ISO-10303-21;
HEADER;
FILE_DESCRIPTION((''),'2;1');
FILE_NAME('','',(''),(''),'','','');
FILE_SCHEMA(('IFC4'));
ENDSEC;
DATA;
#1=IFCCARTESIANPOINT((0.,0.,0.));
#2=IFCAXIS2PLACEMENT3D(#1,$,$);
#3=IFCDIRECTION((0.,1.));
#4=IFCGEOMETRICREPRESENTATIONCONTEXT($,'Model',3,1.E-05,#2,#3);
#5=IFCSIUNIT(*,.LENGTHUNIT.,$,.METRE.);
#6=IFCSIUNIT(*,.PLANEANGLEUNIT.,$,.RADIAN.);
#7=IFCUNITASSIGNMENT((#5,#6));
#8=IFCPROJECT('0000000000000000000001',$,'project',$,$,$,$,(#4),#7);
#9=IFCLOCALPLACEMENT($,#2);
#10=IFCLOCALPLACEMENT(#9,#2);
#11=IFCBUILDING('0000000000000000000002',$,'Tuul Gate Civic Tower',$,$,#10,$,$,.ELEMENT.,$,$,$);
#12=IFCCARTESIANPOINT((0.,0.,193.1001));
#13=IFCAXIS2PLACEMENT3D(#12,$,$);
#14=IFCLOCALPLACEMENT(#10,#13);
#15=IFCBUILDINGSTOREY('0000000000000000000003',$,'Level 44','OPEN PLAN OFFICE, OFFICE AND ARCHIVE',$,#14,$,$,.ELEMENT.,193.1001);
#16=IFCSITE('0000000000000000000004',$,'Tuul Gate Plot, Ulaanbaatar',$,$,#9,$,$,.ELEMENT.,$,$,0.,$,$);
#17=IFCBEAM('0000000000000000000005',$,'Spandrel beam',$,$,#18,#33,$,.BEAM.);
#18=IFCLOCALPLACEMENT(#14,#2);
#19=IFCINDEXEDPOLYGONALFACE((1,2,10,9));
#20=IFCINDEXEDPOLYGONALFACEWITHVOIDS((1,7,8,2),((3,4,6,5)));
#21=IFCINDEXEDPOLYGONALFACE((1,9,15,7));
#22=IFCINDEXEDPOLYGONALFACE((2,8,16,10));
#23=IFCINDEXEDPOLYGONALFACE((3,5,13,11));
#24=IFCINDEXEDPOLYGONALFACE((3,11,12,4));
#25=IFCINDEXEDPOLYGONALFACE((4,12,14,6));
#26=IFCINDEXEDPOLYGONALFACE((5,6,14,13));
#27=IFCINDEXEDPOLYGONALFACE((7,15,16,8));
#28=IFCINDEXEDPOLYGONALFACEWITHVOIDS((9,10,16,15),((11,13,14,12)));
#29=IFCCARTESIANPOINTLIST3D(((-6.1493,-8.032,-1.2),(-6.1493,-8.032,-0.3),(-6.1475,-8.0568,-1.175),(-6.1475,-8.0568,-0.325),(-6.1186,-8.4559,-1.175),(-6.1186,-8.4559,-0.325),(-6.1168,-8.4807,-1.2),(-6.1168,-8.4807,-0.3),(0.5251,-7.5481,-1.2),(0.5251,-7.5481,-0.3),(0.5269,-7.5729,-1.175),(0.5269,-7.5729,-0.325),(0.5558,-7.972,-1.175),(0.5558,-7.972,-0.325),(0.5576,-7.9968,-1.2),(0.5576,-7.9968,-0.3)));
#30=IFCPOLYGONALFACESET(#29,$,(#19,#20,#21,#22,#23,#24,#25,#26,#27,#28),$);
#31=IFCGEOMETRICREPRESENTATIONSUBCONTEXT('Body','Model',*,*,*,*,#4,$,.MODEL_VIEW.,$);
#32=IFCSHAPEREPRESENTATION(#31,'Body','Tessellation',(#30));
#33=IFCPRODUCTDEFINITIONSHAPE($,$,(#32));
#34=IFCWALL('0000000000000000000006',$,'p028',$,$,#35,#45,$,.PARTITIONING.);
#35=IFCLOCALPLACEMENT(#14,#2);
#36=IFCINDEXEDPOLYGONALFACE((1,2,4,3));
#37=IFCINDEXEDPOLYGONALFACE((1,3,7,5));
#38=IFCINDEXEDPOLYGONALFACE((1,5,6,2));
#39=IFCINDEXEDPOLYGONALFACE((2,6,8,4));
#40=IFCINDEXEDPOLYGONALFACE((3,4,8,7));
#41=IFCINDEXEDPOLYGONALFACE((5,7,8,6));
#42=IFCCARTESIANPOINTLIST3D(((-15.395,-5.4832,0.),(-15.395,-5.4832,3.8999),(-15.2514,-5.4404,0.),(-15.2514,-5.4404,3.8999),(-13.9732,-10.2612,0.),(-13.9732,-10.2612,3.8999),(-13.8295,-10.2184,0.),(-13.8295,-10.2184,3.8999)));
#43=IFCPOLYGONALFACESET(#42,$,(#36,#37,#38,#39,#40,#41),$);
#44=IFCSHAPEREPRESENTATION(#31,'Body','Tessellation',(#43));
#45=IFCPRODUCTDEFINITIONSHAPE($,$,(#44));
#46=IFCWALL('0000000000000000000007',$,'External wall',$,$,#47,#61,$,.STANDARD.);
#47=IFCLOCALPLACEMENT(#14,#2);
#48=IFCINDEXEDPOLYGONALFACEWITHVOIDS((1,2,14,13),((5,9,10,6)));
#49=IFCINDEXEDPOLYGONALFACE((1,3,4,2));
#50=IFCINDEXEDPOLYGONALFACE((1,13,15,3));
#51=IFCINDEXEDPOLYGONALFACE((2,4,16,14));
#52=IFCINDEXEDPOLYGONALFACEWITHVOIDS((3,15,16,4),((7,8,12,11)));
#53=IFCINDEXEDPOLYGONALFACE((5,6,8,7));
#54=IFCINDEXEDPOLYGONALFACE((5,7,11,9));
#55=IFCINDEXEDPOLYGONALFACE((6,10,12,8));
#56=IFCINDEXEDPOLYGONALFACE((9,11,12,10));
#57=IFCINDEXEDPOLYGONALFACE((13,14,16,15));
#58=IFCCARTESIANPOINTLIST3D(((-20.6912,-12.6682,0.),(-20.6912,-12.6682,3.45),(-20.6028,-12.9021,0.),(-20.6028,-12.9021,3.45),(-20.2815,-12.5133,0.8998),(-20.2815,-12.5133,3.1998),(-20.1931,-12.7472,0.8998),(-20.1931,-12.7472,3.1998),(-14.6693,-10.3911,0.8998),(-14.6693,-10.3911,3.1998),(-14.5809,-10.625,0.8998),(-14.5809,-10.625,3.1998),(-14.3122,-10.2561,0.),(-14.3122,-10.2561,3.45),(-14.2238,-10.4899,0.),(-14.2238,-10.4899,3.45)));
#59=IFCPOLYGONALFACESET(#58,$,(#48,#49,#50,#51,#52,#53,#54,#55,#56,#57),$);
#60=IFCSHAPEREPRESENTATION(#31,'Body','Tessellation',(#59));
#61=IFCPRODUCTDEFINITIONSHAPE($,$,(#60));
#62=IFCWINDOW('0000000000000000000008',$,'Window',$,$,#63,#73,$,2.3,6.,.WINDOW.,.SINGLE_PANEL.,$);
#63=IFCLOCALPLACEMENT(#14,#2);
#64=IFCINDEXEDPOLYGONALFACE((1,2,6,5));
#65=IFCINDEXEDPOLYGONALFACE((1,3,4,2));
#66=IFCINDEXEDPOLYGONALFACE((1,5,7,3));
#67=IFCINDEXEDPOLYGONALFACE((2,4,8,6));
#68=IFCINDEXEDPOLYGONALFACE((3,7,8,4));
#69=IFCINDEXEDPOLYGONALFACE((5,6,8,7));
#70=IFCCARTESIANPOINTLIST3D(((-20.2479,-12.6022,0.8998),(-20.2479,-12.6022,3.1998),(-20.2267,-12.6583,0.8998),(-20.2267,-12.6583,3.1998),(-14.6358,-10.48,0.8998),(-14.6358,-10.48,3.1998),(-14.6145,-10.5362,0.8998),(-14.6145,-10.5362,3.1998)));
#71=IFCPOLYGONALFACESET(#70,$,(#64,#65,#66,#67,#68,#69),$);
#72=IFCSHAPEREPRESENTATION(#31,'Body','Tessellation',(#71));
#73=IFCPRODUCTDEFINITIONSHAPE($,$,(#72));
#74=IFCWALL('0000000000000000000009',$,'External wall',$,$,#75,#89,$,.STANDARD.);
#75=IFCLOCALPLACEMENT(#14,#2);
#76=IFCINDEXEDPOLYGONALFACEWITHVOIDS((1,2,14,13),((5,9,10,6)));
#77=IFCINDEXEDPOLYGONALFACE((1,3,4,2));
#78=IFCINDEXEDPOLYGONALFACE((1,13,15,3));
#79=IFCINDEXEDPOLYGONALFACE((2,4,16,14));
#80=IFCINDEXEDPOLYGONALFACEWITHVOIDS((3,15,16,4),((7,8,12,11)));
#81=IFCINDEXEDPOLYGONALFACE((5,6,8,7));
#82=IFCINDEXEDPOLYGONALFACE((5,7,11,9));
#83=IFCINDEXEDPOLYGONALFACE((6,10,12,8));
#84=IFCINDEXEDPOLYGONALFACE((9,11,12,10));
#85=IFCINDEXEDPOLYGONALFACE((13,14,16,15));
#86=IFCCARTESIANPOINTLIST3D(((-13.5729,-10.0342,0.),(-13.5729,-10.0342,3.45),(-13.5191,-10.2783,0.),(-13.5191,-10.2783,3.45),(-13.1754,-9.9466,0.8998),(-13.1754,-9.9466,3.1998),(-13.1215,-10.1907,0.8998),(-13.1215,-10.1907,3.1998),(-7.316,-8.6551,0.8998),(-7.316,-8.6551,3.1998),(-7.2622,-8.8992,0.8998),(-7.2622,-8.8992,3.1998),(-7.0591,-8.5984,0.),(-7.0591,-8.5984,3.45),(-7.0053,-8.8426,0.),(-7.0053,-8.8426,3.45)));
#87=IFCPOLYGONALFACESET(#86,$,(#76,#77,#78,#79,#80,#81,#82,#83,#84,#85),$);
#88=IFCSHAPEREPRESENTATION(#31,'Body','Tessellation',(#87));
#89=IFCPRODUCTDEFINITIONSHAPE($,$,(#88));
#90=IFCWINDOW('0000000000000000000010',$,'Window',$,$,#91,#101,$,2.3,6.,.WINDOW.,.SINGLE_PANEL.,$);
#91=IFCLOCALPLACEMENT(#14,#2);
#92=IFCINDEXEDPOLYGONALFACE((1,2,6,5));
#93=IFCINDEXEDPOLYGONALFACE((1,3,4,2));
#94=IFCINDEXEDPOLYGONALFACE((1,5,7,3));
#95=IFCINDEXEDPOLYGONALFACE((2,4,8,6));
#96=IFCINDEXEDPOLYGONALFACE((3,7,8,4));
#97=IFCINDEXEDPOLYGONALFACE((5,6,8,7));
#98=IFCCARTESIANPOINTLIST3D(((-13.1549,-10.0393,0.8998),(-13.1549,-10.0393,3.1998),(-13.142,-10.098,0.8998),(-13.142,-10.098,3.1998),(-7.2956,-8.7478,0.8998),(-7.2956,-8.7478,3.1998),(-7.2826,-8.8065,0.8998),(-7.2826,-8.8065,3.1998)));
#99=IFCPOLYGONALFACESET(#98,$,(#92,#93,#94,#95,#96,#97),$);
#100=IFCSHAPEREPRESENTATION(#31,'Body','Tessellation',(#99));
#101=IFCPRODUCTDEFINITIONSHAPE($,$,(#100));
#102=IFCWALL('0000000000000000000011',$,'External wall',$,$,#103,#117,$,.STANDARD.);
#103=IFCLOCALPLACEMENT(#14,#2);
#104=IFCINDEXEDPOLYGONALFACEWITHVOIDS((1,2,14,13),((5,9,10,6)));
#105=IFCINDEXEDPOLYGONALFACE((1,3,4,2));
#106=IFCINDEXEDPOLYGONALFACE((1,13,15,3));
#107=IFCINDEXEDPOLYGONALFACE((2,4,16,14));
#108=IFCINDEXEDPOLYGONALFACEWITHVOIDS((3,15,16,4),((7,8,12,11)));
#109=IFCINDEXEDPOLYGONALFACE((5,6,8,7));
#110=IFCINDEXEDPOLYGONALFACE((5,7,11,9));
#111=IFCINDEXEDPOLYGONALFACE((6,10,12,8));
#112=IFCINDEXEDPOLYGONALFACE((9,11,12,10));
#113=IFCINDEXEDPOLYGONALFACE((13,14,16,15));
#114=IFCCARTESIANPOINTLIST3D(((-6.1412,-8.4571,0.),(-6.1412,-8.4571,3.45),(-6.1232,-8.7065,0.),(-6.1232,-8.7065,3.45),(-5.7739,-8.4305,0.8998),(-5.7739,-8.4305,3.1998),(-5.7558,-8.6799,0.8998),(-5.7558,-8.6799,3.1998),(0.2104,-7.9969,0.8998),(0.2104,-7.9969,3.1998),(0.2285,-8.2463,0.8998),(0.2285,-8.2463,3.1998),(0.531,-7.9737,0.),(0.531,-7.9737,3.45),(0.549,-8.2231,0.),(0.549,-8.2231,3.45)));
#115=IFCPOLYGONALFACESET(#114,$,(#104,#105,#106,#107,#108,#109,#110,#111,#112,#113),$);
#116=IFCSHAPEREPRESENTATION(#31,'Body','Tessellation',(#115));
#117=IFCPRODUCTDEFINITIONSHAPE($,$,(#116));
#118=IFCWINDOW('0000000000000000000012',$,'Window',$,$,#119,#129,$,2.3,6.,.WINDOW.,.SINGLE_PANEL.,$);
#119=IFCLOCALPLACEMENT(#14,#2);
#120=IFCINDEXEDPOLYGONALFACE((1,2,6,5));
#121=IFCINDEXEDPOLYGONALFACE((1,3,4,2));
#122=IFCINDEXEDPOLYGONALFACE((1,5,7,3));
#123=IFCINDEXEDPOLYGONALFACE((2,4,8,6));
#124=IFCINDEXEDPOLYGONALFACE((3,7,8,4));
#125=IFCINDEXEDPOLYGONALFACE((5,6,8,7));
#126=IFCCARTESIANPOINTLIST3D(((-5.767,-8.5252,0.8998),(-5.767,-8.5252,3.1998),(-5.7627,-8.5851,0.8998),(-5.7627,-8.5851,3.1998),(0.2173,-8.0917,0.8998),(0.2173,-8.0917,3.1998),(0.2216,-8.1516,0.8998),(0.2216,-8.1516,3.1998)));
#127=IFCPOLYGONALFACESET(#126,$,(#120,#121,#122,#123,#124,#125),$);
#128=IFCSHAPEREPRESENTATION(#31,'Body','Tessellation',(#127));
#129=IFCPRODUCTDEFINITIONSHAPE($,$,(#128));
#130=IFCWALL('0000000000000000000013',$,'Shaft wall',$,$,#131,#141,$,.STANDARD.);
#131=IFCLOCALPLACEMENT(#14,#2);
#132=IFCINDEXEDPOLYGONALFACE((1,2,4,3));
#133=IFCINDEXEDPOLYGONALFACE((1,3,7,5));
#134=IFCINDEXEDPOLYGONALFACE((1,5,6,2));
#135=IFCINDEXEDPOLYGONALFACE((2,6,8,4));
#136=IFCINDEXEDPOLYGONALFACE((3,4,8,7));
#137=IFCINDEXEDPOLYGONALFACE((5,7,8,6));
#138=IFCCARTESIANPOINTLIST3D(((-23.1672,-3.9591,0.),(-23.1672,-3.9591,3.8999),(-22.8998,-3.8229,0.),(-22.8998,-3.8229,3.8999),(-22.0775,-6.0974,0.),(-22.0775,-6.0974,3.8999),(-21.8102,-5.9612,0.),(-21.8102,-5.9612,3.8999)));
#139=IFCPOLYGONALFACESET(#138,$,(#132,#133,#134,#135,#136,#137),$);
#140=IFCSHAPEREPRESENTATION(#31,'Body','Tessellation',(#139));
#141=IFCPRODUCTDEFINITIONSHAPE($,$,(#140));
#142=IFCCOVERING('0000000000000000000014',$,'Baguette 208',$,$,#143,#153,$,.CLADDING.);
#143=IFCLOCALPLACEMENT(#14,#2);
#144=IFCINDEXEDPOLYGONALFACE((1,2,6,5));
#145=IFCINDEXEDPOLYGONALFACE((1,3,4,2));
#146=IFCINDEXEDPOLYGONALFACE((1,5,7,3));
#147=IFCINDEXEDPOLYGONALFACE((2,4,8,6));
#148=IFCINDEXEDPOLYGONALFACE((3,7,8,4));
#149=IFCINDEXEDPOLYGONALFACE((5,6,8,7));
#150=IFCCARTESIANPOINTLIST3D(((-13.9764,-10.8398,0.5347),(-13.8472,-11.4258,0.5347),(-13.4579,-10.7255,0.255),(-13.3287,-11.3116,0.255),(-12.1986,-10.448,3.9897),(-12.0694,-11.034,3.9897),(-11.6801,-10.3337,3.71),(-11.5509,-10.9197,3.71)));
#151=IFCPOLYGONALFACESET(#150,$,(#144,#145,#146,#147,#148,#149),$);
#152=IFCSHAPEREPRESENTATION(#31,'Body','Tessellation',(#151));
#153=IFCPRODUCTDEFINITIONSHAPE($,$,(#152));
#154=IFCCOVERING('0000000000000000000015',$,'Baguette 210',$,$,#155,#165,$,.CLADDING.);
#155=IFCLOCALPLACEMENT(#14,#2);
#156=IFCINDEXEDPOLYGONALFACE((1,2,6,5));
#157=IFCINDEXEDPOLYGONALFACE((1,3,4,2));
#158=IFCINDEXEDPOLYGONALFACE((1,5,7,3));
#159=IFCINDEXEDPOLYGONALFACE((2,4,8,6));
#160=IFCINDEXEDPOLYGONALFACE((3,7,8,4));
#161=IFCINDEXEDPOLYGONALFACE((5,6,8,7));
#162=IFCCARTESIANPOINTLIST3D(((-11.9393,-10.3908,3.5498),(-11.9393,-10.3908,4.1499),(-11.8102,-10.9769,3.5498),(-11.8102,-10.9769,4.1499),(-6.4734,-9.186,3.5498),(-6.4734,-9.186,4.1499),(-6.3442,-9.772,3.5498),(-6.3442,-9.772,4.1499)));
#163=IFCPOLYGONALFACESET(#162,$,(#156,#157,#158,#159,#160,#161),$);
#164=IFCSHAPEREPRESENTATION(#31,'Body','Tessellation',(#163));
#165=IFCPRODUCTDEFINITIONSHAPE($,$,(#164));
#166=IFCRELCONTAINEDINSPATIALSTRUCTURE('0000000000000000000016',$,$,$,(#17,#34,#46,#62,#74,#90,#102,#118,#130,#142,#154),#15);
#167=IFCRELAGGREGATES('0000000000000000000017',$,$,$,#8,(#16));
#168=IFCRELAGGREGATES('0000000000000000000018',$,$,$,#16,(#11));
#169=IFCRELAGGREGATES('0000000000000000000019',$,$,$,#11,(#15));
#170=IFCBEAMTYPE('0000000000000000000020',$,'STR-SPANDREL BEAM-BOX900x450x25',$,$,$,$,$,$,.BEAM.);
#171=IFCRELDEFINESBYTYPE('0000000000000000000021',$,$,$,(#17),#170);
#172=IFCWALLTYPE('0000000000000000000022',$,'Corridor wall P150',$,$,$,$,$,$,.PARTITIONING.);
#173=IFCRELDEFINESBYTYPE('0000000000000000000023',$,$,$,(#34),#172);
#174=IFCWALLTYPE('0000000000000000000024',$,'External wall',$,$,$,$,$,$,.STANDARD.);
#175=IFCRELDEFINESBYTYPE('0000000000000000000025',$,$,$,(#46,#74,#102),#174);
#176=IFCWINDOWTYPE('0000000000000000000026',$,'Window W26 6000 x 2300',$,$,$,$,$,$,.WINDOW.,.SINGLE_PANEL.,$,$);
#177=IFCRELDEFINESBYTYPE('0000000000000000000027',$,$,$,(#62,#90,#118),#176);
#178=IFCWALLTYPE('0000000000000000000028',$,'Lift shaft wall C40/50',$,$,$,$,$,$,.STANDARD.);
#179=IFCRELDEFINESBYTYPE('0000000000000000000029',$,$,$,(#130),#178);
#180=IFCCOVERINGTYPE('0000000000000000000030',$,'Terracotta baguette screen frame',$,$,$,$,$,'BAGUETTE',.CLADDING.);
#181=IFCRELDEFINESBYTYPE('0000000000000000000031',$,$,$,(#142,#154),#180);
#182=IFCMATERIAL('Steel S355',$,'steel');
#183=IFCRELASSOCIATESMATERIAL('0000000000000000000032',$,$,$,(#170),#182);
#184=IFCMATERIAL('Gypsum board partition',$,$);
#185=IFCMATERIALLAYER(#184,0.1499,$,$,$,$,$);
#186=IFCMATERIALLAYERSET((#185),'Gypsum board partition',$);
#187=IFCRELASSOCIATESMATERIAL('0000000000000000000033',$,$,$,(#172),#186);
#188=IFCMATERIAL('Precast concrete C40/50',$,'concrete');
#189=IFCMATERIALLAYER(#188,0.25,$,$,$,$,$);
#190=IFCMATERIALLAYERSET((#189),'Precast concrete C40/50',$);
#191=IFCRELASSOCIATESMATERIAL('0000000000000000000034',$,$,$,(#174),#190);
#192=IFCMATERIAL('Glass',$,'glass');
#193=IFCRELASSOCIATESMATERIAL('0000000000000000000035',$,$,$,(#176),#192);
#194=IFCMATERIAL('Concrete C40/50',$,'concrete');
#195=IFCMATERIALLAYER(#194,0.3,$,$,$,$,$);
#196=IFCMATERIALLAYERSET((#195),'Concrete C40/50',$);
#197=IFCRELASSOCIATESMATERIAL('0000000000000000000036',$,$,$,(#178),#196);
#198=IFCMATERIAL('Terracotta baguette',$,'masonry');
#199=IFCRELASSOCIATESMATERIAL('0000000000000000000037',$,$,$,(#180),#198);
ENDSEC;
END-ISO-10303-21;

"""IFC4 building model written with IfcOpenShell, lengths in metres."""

from ifc_helpers import new_model, si_unit, direction, frame, frame_2d, origin, origin_2d, place, context, subcontext, project, spatial, rectangle, hollow_rectangle, extrude, material, layer, layer_set, material_profile, profile_set, type_object, element, fill, save


model = new_model("IFC4")

# Units and contexts
model_context = context("Model", 3, precision=1e-05, world=origin(), true_north=direction((0.0, 1.0)))
body_context = subcontext(model_context, "Body", "Model", "MODEL_VIEW")
ifc_project = project(units=[si_unit("LENGTHUNIT", "METRE"), si_unit("PLANEANGLEUNIT", "RADIAN")], contexts=[model_context])

# Site, building, storey
site_placement = place(None, origin())
site = spatial("IfcSite", under=ifc_project, at=site_placement, Name="Tuul Gate Plot, Ulaanbaatar", CompositionType="ELEMENT", RefElevation=0.0)
building_placement = place(site_placement, origin())
building = spatial("IfcBuilding", under=site, at=building_placement, Name="Tuul Gate Civic Tower", CompositionType="ELEMENT")
storey_placement = place(building_placement, frame((0.0, 0.0, 193.1001)))
storey = spatial("IfcBuildingStorey", under=building, at=storey_placement, Name="Level 44", Description="OPEN PLAN OFFICE, OFFICE AND ARCHIVE", CompositionType="ELEMENT", Elevation=193.1001)

# Beam
ifc_material_1 = material(Name="Steel S355", Category="steel")
ifc_material_profile_1 = material_profile(ifc_material_1, hollow_rectangle(XDim=0.45, YDim=0.8999, WallThickness=0.0249, at=origin_2d()), Name="BOX900x450x25")
ifc_profile_set_1 = profile_set([ifc_material_profile_1], Name="Steel S355")
beam_type_1 = type_object("IfcBeamType", Name="STR-SPANDREL BEAM-BOX900x450x25", PredefinedType="BEAM", material=ifc_profile_set_1)
beam_1_placement = place(storey_placement, frame((-6.1331, -8.2563, -0.75), z_axis=(0.997382, 0.07231, 0.0), x_axis=(-0.07231, 0.997382, 0.0)))
element("IfcBeam", 1, at=beam_1_placement, inside=storey, type_object=beam_type_1, Name="Spandrel beam", PredefinedType="BEAM", context=body_context, shape_type="SweptSolid", body=[
    extrude(hollow_rectangle(XDim=0.45, YDim=0.8999, WallThickness=0.0249, at=origin_2d()), origin(), (0.0, 0.0, 1.0), 6.6919),
])

# Wall
ifc_material_2 = material(Name="Gypsum board partition")
ifc_layer_1 = layer(ifc_material_2, 0.1499)
ifc_layer_set_1 = layer_set([ifc_layer_1], Name="Gypsum board partition")
wall_type_1 = type_object("IfcWallType", Name="Corridor wall P150", PredefinedType="PARTITIONING", material=ifc_layer_set_1)
wall_1_placement = place(storey_placement, frame((-15.3232, -5.4617, 0.0), z_axis=(0.0, 0.0, 1.0), x_axis=(0.285222, -0.958461, 0.0)))
element("IfcWall", 2, at=wall_1_placement, inside=storey, type_object=wall_type_1, Name="p028", PredefinedType="PARTITIONING", context=body_context, shape_type="SweptSolid", body=[
    extrude(rectangle(XDim=4.9851, YDim=0.1499, at=frame_2d((2.4927, 0.0))), origin(), (0.0, 0.0, 1.0), 3.8999),
])

# Walls, openings, windows
ifc_material_3 = material(Name="Precast concrete C40/50", Category="concrete")
ifc_layer_2 = layer(ifc_material_3, 0.25)
ifc_layer_set_2 = layer_set([ifc_layer_2], Name="Precast concrete C40/50")
wall_type_2 = type_object("IfcWallType", Name="External wall", PredefinedType="STANDARD", material=ifc_layer_set_2)
wall_2_placement = place(storey_placement, frame((-20.647, -12.7852, 0.0), z_axis=(0.0, 0.0, 1.0), x_axis=(0.935361, 0.353696, 0.0)))
wall_2 = element("IfcWall", 3, at=wall_2_placement, inside=storey, type_object=wall_type_2, Name="External wall", PredefinedType="STANDARD", context=body_context, shape_type="SweptSolid", body=[
    extrude(rectangle(XDim=6.8198, YDim=0.25, at=frame_2d((3.4099, 0.0))), origin(), (0.0, 0.0, 1.0), 3.45),
])
opening_1_placement = place(wall_2_placement, frame((0.438, 0.0, 0.8999)))
opening_1 = element("IfcOpeningElement", 4, at=opening_1_placement, cuts=wall_2, PredefinedType="OPENING", context=body_context, shape_type="SweptSolid", body=[
    extrude(rectangle(XDim=6.0, YDim=2.3, at=frame_2d((3.0, 1.1499))), frame((0.0, 0.135, 0.0), z_axis=(0.0, -1.0, 0.0), x_axis=(1.0, 0.0, 0.0)), (0.0, 0.0, 1.0), 0.27),
])
ifc_material_4 = material(Name="Glass", Category="glass")
window_type = type_object("IfcWindowType", Name="Window W26 6000 x 2300", PartitioningType="SINGLE_PANEL", PredefinedType="WINDOW", material=ifc_material_4)
window_1_placement = place(opening_1_placement, origin())
window_1 = element("IfcWindow", 5, at=window_1_placement, inside=storey, type_object=window_type, Name="Window", OverallHeight=2.3, OverallWidth=6.0, PartitioningType="SINGLE_PANEL", PredefinedType="WINDOW", context=body_context, shape_type="SweptSolid", body=[
    extrude(rectangle(XDim=6.0, YDim=2.3, at=frame_2d((3.0, 1.1499))), frame((0.0, 0.03, 0.0), z_axis=(0.0, -1.0, 0.0), x_axis=(1.0, 0.0, 0.0)), (0.0, 0.0, 1.0), 0.0601),
])
fill(opening_1, window_1)
wall_3_placement = place(storey_placement, frame((-13.5459, -10.1562, 0.0), z_axis=(0.0, 0.0, 1.0), x_axis=(0.976559, 0.215252, 0.0)))
wall_3 = element("IfcWall", 6, at=wall_3_placement, inside=storey, type_object=wall_type_2, Name="External wall", PredefinedType="STANDARD", context=body_context, shape_type="SweptSolid", body=[
    extrude(rectangle(XDim=6.6702, YDim=0.25, at=frame_2d((3.335, 0.0))), origin(), (0.0, 0.0, 1.0), 3.45),
])
opening_2_placement = place(wall_3_placement, frame((0.407, 0.0, 0.8999)))
opening_2 = element("IfcOpeningElement", 7, at=opening_2_placement, cuts=wall_3, PredefinedType="OPENING", context=body_context, shape_type="SweptSolid", body=[
    extrude(rectangle(XDim=6.0, YDim=2.3, at=frame_2d((3.0, 1.1499))), frame((0.0, 0.135, 0.0), z_axis=(0.0, -1.0, 0.0), x_axis=(1.0, 0.0, 0.0)), (0.0, 0.0, 1.0), 0.27),
])
window_2_placement = place(opening_2_placement, origin())
window_2 = element("IfcWindow", 8, at=window_2_placement, inside=storey, type_object=window_type, Name="Window", OverallHeight=2.3, OverallWidth=6.0, PartitioningType="SINGLE_PANEL", PredefinedType="WINDOW", context=body_context, shape_type="SweptSolid", body=[
    extrude(rectangle(XDim=6.0, YDim=2.3, at=frame_2d((3.0, 1.1499))), frame((0.0, 0.03, 0.0), z_axis=(0.0, -1.0, 0.0), x_axis=(1.0, 0.0, 0.0)), (0.0, 0.0, 1.0), 0.0601),
])
fill(opening_2, window_2)
wall_4_placement = place(storey_placement, frame((-6.1321, -8.5818, 0.0), z_axis=(0.0, 0.0, 1.0), x_axis=(0.997386, 0.072261, 0.0)))
wall_4 = element("IfcWall", 9, at=wall_4_placement, inside=storey, type_object=wall_type_2, Name="External wall", PredefinedType="STANDARD", context=body_context, shape_type="SweptSolid", body=[
    extrude(rectangle(XDim=6.6897, YDim=0.25, at=frame_2d((3.3447, 0.0))), origin(), (0.0, 0.0, 1.0), 3.45),
])
opening_3_placement = place(wall_4_placement, frame((0.3682, 0.0, 0.8999)))
opening_3 = element("IfcOpeningElement", 10, at=opening_3_placement, cuts=wall_4, PredefinedType="OPENING", context=body_context, shape_type="SweptSolid", body=[
    extrude(rectangle(XDim=6.0, YDim=2.3, at=frame_2d((3.0, 1.1499))), frame((0.0, 0.135, 0.0), z_axis=(0.0, -1.0, 0.0), x_axis=(1.0, 0.0, 0.0)), (0.0, 0.0, 1.0), 0.27),
])
window_3_placement = place(opening_3_placement, origin())
window_3 = element("IfcWindow", 11, at=window_3_placement, inside=storey, type_object=window_type, Name="Window", OverallHeight=2.3, OverallWidth=6.0, PartitioningType="SINGLE_PANEL", PredefinedType="WINDOW", context=body_context, shape_type="SweptSolid", body=[
    extrude(rectangle(XDim=6.0, YDim=2.3, at=frame_2d((3.0, 1.1499))), frame((0.0, 0.03, 0.0), z_axis=(0.0, -1.0, 0.0), x_axis=(1.0, 0.0, 0.0)), (0.0, 0.0, 1.0), 0.0601),
])
fill(opening_3, window_3)

# Wall
ifc_material_5 = material(Name="Concrete C40/50", Category="concrete")
ifc_layer_3 = layer(ifc_material_5, 0.3)
ifc_layer_set_3 = layer_set([ifc_layer_3], Name="Concrete C40/50")
wall_type_3 = type_object("IfcWallType", Name="Lift shaft wall C40/50", PredefinedType="STANDARD", material=ifc_layer_set_3)
wall_5_placement = place(storey_placement, frame((-21.9438, -6.0293, 0.0), z_axis=(0.0, 0.0, 1.0), x_axis=(-0.454037, 0.890983, 0.0)))
element("IfcWall", 12, at=wall_5_placement, inside=storey, type_object=wall_type_3, Name="Shaft wall", PredefinedType="STANDARD", context=body_context, shape_type="SweptSolid", body=[
    extrude(rectangle(XDim=2.3999, YDim=0.3, at=frame_2d((1.2, 0.0))), origin(), (0.0, 0.0, 1.0), 3.8999),
])

# Coverings
ifc_material_6 = material(Name="Terracotta baguette", Category="masonry")
ifc_material_profile_2 = material_profile(ifc_material_6, rectangle(XDim=0.6001, YDim=0.6001, at=origin_2d()), Name="Terracotta baguette screen frame")
ifc_profile_set_2 = profile_set([ifc_material_profile_2], Name="Terracotta baguette")
covering_type = type_object("IfcCoveringType", Name="Terracotta baguette screen frame", ElementType="BAGUETTE", PredefinedType="CLADDING", material=ifc_profile_set_2)
covering_1_placement = place(storey_placement, frame((-11.8748, -10.6838, 3.8499), z_axis=(-0.455229, -0.100335, -0.884703), x_axis=(0.21524, -0.976561, 0.0)))
element("IfcCovering", 13, at=covering_1_placement, inside=storey, type_object=covering_type, Name="Baguette 208", PredefinedType="CLADDING", context=body_context, shape_type="SweptSolid", body=[
    extrude(rectangle(XDim=0.6001, YDim=0.6001, at=origin_2d()), origin(), (0.0, 0.0, 1.0), 3.9053),
])
covering_2_placement = place(storey_placement, frame((-11.8748, -10.6838, 3.8499), z_axis=(0.976558, 0.215254, 0.0), x_axis=(-0.215254, 0.976558, 0.0)))
element("IfcCovering", 14, at=covering_2_placement, inside=storey, type_object=covering_type, Name="Baguette 210", PredefinedType="CLADDING", context=body_context, shape_type="SweptSolid", body=[
    extrude(rectangle(XDim=0.6001, YDim=0.6001, at=origin_2d()), origin(), (0.0, 0.0, 1.0), 5.5972),
])

save(model, "model.ifc")
